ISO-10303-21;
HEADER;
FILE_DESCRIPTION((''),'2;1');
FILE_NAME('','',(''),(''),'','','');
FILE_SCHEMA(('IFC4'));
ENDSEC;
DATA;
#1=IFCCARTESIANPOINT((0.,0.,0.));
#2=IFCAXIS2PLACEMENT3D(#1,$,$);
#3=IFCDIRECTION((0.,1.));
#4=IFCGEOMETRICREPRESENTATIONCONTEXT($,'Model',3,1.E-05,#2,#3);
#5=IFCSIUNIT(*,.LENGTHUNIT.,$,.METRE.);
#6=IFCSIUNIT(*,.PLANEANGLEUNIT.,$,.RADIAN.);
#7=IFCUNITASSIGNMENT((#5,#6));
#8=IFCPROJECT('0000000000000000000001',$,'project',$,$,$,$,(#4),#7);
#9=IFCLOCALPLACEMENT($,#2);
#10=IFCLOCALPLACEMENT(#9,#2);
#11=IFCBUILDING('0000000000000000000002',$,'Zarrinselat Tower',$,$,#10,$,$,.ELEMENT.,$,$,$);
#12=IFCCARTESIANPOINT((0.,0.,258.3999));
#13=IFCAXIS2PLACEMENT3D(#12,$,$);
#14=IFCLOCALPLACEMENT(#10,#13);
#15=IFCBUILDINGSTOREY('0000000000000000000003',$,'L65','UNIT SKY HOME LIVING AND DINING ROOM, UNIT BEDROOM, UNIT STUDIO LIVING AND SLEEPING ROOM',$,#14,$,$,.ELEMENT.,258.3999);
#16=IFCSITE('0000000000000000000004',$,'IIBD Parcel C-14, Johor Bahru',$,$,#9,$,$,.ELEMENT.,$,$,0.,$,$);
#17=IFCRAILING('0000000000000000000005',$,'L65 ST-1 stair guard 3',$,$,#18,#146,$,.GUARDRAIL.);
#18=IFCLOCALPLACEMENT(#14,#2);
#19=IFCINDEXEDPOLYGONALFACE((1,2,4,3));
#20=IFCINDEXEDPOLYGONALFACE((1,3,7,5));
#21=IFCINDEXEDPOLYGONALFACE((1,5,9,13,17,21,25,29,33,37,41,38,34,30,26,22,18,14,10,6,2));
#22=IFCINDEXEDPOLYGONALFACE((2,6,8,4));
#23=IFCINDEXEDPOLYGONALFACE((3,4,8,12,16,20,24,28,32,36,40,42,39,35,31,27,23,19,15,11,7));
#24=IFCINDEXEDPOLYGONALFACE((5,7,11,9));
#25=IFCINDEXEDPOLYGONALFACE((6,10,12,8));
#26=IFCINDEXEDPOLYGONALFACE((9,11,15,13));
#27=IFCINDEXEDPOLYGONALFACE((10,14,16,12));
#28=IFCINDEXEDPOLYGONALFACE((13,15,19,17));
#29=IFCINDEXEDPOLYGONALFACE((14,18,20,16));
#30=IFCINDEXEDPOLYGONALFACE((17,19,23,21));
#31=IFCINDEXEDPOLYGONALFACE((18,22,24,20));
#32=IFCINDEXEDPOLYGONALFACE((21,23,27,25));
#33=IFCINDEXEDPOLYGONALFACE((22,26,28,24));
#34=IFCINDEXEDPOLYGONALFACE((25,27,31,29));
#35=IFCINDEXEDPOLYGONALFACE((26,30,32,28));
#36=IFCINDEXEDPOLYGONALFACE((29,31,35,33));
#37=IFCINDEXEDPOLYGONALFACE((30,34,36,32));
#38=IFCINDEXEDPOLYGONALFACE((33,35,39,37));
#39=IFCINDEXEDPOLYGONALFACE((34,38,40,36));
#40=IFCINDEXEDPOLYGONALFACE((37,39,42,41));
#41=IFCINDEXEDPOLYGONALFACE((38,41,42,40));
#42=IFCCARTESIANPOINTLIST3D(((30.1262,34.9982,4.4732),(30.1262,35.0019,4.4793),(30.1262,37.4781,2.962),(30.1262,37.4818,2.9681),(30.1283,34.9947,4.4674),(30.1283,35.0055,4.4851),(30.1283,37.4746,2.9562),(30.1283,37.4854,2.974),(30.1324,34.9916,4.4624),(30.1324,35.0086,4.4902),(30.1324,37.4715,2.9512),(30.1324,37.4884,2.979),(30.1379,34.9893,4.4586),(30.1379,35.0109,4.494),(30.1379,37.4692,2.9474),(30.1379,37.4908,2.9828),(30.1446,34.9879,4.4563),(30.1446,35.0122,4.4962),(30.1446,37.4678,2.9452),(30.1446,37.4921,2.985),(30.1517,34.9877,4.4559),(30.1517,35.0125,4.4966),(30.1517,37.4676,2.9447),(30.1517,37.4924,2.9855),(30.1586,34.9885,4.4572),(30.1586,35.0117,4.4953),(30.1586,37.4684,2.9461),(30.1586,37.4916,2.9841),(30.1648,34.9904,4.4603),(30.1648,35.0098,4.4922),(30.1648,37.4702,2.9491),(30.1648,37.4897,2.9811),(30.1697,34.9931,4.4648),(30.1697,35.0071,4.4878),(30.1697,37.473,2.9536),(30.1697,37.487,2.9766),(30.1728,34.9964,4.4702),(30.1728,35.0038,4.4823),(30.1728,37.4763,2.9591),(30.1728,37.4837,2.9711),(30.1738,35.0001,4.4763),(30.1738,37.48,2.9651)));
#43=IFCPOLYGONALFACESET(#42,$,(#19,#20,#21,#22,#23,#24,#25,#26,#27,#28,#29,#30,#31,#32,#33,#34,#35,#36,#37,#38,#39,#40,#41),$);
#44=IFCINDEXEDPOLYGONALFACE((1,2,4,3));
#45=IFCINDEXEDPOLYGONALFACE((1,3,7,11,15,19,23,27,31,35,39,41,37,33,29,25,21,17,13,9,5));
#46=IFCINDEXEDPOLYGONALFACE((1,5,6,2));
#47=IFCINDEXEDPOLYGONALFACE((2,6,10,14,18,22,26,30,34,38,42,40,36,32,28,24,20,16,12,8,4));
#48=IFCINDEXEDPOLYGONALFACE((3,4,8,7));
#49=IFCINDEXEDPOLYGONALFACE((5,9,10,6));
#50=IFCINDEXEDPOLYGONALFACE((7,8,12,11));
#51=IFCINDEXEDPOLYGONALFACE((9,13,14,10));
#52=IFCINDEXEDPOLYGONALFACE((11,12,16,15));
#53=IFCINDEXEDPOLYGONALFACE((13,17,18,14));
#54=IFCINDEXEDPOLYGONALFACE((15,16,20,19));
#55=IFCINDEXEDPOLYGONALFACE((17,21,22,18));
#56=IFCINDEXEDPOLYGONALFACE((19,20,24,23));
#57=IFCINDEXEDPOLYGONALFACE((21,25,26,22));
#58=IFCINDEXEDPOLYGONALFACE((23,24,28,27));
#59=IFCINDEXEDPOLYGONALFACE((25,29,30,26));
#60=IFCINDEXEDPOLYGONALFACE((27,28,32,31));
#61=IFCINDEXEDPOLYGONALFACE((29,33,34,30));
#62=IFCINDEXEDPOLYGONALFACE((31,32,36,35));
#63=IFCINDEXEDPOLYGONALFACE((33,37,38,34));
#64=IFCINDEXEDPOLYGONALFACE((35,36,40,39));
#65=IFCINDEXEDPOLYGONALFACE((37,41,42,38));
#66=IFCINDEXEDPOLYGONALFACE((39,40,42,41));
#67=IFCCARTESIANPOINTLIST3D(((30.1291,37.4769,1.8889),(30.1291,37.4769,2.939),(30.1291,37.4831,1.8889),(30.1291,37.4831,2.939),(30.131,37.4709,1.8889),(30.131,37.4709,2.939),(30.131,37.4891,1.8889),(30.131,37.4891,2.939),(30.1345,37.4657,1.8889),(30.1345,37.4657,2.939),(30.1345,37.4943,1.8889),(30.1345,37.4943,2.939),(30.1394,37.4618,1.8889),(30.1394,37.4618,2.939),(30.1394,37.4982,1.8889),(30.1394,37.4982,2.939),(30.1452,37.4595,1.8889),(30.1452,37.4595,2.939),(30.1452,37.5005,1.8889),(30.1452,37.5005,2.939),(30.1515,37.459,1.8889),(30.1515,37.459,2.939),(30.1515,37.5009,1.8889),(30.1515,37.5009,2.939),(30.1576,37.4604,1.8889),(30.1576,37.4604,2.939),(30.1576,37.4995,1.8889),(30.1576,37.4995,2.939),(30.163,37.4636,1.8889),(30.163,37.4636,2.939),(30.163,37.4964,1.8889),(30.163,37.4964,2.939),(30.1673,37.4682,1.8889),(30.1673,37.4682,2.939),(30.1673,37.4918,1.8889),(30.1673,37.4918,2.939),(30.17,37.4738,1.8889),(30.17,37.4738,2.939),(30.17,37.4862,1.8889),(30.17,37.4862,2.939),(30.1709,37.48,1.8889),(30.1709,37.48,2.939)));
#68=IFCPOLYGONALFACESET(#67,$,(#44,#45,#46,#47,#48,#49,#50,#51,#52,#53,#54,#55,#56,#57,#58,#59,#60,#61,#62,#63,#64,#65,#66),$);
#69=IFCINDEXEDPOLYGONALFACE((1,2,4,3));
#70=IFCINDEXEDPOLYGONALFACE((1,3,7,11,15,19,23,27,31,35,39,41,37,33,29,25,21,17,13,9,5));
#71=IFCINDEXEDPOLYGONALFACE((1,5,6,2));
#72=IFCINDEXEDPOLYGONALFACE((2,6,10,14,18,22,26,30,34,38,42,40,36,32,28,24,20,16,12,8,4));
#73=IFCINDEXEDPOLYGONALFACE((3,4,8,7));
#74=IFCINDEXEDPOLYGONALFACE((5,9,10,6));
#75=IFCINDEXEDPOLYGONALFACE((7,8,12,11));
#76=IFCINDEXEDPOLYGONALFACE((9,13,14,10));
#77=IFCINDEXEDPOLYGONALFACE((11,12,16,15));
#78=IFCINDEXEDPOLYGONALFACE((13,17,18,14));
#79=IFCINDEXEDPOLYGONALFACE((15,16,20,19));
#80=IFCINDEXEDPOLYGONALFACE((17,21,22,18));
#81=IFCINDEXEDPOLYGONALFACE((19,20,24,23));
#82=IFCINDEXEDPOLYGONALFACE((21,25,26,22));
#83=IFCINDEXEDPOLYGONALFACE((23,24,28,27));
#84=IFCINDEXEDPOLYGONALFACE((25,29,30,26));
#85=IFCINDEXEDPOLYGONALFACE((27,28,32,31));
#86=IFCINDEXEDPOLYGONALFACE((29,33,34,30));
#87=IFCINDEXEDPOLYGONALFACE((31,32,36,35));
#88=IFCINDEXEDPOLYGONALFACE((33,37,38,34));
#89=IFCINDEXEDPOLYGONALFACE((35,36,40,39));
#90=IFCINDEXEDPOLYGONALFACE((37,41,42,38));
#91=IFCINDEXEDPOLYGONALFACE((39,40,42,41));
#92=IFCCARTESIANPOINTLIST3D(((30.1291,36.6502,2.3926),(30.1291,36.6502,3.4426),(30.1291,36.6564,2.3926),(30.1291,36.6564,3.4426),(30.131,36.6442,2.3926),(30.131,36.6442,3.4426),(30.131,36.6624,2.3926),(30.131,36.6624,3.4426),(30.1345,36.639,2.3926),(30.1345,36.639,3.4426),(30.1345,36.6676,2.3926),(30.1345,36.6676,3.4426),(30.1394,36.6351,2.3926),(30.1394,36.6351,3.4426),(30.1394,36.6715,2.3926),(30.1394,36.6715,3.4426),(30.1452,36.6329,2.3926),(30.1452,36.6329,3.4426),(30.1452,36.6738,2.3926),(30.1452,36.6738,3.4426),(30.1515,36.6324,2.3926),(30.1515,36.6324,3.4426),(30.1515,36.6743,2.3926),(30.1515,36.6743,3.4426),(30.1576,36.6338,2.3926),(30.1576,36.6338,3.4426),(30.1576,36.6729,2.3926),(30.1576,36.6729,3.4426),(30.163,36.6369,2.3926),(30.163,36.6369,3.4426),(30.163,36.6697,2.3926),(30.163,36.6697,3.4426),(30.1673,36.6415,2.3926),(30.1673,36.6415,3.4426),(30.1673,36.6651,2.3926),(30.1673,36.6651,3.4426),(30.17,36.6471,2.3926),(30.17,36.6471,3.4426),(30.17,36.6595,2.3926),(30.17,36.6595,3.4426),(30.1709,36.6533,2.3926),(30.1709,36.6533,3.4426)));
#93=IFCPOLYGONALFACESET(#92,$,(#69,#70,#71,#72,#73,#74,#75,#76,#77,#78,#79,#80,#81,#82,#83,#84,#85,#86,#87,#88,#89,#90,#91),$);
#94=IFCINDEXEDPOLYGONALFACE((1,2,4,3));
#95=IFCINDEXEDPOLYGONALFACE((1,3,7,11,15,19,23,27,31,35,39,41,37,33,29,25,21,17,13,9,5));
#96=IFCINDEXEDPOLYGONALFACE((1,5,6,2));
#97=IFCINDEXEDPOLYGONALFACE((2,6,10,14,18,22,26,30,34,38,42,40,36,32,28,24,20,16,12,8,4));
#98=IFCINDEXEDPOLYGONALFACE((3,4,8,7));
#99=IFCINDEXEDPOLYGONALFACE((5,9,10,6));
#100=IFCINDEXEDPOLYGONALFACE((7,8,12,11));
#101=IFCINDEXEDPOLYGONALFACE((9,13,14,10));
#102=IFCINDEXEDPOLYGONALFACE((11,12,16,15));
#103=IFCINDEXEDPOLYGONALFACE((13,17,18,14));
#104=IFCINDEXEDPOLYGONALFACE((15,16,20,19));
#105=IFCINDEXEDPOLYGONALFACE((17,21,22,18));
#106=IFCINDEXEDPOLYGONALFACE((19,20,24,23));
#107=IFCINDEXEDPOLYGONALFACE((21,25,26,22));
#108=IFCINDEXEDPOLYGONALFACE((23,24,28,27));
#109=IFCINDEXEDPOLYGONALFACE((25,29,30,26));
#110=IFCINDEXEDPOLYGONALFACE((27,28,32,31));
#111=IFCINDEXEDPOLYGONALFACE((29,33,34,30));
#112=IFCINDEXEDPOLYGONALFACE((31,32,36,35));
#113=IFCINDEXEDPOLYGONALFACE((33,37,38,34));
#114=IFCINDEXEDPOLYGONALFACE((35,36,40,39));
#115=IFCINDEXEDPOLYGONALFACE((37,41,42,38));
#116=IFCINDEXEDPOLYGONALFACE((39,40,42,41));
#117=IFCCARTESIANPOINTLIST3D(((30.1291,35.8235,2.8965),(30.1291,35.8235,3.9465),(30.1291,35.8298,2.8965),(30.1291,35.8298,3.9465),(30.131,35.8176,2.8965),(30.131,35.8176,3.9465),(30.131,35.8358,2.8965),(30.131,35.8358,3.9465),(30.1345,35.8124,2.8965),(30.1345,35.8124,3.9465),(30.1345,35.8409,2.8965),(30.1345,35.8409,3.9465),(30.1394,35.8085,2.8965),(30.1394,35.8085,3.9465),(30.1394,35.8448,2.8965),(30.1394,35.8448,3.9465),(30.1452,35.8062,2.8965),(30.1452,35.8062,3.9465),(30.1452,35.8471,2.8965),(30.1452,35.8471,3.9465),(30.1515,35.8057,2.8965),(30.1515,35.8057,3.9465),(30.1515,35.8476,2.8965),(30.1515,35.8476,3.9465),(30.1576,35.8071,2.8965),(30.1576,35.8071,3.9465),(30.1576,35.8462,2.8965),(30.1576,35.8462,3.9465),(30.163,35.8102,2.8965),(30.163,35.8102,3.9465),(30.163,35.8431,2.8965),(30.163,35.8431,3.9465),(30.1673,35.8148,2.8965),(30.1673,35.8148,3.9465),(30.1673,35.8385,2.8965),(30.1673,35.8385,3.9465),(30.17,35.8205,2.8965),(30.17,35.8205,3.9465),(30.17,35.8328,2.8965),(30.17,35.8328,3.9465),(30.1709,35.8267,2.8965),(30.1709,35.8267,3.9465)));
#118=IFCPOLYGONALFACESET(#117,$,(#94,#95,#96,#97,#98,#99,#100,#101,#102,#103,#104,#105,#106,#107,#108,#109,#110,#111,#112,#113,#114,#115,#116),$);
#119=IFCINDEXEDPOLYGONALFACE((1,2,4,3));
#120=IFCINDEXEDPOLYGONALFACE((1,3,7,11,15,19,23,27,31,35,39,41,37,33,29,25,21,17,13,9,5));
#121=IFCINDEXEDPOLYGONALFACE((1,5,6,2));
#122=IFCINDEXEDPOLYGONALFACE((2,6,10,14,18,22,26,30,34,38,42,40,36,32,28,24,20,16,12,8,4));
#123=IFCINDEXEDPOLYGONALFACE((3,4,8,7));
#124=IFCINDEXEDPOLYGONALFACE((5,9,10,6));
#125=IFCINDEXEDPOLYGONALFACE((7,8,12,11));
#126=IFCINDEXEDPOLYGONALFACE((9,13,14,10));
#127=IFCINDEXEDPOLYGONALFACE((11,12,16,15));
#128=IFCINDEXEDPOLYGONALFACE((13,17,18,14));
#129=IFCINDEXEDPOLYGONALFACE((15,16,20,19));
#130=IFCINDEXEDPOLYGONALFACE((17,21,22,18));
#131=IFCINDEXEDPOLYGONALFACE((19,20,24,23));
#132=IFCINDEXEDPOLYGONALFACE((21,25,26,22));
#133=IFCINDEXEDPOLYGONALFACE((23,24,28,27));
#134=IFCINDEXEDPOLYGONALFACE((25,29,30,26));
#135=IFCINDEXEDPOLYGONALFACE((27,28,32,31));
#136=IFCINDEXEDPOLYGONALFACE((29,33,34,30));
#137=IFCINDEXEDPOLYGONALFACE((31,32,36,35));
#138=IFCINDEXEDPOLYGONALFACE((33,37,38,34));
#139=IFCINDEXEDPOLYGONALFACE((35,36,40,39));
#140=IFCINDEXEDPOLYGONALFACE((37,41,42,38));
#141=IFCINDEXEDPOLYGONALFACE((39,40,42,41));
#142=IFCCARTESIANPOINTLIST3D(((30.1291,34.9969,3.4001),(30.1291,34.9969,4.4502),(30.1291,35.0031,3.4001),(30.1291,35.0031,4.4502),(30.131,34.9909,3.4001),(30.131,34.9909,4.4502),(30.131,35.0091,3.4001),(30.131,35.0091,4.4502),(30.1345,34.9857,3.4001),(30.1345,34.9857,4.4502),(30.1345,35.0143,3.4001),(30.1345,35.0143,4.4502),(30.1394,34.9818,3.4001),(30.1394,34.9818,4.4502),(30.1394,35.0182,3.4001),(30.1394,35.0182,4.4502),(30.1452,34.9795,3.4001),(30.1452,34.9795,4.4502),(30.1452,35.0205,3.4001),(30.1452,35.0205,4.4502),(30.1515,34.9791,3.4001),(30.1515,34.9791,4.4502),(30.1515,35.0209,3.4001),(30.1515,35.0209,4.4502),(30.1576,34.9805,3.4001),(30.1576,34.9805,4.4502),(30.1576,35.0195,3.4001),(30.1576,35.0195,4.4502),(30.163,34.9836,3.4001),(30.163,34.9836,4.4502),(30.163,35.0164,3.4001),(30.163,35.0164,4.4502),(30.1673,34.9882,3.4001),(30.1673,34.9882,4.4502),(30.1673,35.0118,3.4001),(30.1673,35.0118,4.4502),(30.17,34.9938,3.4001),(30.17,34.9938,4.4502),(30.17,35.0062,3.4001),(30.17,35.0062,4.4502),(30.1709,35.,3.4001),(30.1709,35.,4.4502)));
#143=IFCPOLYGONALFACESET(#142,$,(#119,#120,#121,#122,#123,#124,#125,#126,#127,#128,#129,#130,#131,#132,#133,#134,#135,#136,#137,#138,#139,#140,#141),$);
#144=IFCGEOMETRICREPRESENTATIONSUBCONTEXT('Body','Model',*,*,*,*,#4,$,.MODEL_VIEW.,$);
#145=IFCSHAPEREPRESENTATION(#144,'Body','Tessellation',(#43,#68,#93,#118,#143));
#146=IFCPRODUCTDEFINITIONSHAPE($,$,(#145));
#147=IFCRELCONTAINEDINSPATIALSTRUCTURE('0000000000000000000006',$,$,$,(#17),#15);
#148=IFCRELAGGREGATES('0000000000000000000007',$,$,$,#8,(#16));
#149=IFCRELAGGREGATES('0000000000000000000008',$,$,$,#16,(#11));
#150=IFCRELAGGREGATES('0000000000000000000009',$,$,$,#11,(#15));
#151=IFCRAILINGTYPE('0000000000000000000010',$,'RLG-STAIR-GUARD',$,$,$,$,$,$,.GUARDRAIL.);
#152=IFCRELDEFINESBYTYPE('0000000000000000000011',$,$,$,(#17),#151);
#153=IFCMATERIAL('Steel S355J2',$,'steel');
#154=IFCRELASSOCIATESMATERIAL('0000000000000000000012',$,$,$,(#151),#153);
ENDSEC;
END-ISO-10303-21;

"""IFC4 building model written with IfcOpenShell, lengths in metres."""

from ifc_helpers import new_model, si_unit, direction, frame, origin, origin_2d, place, context, subcontext, project, spatial, circle, extrude, material, type_object, element, save


model = new_model("IFC4")

# Units and contexts
model_context = context("Model", 3, precision=1e-05, world=origin(), true_north=direction((0.0, 1.0)))
body_context = subcontext(model_context, "Body", "Model", "MODEL_VIEW")
ifc_project = project(units=[si_unit("LENGTHUNIT", "METRE"), si_unit("PLANEANGLEUNIT", "RADIAN")], contexts=[model_context])

# Site, building, storey
site_placement = place(None, origin())
site = spatial("IfcSite", under=ifc_project, at=site_placement, Name="IIBD Parcel C-14, Johor Bahru", CompositionType="ELEMENT", RefElevation=0.0)
building_placement = place(site_placement, origin())
building = spatial("IfcBuilding", under=site, at=building_placement, Name="Zarrinselat Tower", CompositionType="ELEMENT")
storey_placement = place(building_placement, frame((0.0, 0.0, 258.3999)))
storey = spatial("IfcBuildingStorey", under=building, at=storey_placement, Name="L65", Description="UNIT SKY HOME LIVING AND DINING ROOM, UNIT BEDROOM, UNIT STUDIO LIVING AND SLEEPING ROOM", CompositionType="ELEMENT", Elevation=258.3999)

# Railing
ifc_material_1 = material(Name="Steel S355J2", Category="steel")
railing_type_1 = type_object("IfcRailingType", Name="RLG-STAIR-GUARD", PredefinedType="GUARDRAIL", material=ifc_material_1)
railing_1_placement = place(storey_placement, frame((30.1499, 37.48, 1.8889)))
element("IfcRailing", 1, at=railing_1_placement, inside=storey, type_object=railing_type_1, Name="L65 ST-1 stair guard 3", PredefinedType="GUARDRAIL", context=body_context, shape_type="SweptSolid", body=[
    extrude(circle(Radius=0.0239, at=origin_2d()), frame((0.0, 0.0, 1.0762), z_axis=(0.0, -0.853942, 0.520368), x_axis=(1.0, 0.0, 0.0)), (0.0, 0.0, 1.0), 2.9041),
    extrude(circle(Radius=0.021, at=origin_2d()), origin(), (0.0, 0.0, 1.0), 1.05),
    extrude(circle(Radius=0.021, at=origin_2d()), frame((0.0, -0.8267, 0.5037)), (0.0, 0.0, 1.0), 1.05),
    extrude(circle(Radius=0.021, at=origin_2d()), frame((0.0, -1.6533, 1.0076)), (0.0, 0.0, 1.0), 1.05),
    extrude(circle(Radius=0.021, at=origin_2d()), frame((0.0, -2.48, 1.5112)), (0.0, 0.0, 1.0), 1.05),
])

save(model, "model.ifc")
